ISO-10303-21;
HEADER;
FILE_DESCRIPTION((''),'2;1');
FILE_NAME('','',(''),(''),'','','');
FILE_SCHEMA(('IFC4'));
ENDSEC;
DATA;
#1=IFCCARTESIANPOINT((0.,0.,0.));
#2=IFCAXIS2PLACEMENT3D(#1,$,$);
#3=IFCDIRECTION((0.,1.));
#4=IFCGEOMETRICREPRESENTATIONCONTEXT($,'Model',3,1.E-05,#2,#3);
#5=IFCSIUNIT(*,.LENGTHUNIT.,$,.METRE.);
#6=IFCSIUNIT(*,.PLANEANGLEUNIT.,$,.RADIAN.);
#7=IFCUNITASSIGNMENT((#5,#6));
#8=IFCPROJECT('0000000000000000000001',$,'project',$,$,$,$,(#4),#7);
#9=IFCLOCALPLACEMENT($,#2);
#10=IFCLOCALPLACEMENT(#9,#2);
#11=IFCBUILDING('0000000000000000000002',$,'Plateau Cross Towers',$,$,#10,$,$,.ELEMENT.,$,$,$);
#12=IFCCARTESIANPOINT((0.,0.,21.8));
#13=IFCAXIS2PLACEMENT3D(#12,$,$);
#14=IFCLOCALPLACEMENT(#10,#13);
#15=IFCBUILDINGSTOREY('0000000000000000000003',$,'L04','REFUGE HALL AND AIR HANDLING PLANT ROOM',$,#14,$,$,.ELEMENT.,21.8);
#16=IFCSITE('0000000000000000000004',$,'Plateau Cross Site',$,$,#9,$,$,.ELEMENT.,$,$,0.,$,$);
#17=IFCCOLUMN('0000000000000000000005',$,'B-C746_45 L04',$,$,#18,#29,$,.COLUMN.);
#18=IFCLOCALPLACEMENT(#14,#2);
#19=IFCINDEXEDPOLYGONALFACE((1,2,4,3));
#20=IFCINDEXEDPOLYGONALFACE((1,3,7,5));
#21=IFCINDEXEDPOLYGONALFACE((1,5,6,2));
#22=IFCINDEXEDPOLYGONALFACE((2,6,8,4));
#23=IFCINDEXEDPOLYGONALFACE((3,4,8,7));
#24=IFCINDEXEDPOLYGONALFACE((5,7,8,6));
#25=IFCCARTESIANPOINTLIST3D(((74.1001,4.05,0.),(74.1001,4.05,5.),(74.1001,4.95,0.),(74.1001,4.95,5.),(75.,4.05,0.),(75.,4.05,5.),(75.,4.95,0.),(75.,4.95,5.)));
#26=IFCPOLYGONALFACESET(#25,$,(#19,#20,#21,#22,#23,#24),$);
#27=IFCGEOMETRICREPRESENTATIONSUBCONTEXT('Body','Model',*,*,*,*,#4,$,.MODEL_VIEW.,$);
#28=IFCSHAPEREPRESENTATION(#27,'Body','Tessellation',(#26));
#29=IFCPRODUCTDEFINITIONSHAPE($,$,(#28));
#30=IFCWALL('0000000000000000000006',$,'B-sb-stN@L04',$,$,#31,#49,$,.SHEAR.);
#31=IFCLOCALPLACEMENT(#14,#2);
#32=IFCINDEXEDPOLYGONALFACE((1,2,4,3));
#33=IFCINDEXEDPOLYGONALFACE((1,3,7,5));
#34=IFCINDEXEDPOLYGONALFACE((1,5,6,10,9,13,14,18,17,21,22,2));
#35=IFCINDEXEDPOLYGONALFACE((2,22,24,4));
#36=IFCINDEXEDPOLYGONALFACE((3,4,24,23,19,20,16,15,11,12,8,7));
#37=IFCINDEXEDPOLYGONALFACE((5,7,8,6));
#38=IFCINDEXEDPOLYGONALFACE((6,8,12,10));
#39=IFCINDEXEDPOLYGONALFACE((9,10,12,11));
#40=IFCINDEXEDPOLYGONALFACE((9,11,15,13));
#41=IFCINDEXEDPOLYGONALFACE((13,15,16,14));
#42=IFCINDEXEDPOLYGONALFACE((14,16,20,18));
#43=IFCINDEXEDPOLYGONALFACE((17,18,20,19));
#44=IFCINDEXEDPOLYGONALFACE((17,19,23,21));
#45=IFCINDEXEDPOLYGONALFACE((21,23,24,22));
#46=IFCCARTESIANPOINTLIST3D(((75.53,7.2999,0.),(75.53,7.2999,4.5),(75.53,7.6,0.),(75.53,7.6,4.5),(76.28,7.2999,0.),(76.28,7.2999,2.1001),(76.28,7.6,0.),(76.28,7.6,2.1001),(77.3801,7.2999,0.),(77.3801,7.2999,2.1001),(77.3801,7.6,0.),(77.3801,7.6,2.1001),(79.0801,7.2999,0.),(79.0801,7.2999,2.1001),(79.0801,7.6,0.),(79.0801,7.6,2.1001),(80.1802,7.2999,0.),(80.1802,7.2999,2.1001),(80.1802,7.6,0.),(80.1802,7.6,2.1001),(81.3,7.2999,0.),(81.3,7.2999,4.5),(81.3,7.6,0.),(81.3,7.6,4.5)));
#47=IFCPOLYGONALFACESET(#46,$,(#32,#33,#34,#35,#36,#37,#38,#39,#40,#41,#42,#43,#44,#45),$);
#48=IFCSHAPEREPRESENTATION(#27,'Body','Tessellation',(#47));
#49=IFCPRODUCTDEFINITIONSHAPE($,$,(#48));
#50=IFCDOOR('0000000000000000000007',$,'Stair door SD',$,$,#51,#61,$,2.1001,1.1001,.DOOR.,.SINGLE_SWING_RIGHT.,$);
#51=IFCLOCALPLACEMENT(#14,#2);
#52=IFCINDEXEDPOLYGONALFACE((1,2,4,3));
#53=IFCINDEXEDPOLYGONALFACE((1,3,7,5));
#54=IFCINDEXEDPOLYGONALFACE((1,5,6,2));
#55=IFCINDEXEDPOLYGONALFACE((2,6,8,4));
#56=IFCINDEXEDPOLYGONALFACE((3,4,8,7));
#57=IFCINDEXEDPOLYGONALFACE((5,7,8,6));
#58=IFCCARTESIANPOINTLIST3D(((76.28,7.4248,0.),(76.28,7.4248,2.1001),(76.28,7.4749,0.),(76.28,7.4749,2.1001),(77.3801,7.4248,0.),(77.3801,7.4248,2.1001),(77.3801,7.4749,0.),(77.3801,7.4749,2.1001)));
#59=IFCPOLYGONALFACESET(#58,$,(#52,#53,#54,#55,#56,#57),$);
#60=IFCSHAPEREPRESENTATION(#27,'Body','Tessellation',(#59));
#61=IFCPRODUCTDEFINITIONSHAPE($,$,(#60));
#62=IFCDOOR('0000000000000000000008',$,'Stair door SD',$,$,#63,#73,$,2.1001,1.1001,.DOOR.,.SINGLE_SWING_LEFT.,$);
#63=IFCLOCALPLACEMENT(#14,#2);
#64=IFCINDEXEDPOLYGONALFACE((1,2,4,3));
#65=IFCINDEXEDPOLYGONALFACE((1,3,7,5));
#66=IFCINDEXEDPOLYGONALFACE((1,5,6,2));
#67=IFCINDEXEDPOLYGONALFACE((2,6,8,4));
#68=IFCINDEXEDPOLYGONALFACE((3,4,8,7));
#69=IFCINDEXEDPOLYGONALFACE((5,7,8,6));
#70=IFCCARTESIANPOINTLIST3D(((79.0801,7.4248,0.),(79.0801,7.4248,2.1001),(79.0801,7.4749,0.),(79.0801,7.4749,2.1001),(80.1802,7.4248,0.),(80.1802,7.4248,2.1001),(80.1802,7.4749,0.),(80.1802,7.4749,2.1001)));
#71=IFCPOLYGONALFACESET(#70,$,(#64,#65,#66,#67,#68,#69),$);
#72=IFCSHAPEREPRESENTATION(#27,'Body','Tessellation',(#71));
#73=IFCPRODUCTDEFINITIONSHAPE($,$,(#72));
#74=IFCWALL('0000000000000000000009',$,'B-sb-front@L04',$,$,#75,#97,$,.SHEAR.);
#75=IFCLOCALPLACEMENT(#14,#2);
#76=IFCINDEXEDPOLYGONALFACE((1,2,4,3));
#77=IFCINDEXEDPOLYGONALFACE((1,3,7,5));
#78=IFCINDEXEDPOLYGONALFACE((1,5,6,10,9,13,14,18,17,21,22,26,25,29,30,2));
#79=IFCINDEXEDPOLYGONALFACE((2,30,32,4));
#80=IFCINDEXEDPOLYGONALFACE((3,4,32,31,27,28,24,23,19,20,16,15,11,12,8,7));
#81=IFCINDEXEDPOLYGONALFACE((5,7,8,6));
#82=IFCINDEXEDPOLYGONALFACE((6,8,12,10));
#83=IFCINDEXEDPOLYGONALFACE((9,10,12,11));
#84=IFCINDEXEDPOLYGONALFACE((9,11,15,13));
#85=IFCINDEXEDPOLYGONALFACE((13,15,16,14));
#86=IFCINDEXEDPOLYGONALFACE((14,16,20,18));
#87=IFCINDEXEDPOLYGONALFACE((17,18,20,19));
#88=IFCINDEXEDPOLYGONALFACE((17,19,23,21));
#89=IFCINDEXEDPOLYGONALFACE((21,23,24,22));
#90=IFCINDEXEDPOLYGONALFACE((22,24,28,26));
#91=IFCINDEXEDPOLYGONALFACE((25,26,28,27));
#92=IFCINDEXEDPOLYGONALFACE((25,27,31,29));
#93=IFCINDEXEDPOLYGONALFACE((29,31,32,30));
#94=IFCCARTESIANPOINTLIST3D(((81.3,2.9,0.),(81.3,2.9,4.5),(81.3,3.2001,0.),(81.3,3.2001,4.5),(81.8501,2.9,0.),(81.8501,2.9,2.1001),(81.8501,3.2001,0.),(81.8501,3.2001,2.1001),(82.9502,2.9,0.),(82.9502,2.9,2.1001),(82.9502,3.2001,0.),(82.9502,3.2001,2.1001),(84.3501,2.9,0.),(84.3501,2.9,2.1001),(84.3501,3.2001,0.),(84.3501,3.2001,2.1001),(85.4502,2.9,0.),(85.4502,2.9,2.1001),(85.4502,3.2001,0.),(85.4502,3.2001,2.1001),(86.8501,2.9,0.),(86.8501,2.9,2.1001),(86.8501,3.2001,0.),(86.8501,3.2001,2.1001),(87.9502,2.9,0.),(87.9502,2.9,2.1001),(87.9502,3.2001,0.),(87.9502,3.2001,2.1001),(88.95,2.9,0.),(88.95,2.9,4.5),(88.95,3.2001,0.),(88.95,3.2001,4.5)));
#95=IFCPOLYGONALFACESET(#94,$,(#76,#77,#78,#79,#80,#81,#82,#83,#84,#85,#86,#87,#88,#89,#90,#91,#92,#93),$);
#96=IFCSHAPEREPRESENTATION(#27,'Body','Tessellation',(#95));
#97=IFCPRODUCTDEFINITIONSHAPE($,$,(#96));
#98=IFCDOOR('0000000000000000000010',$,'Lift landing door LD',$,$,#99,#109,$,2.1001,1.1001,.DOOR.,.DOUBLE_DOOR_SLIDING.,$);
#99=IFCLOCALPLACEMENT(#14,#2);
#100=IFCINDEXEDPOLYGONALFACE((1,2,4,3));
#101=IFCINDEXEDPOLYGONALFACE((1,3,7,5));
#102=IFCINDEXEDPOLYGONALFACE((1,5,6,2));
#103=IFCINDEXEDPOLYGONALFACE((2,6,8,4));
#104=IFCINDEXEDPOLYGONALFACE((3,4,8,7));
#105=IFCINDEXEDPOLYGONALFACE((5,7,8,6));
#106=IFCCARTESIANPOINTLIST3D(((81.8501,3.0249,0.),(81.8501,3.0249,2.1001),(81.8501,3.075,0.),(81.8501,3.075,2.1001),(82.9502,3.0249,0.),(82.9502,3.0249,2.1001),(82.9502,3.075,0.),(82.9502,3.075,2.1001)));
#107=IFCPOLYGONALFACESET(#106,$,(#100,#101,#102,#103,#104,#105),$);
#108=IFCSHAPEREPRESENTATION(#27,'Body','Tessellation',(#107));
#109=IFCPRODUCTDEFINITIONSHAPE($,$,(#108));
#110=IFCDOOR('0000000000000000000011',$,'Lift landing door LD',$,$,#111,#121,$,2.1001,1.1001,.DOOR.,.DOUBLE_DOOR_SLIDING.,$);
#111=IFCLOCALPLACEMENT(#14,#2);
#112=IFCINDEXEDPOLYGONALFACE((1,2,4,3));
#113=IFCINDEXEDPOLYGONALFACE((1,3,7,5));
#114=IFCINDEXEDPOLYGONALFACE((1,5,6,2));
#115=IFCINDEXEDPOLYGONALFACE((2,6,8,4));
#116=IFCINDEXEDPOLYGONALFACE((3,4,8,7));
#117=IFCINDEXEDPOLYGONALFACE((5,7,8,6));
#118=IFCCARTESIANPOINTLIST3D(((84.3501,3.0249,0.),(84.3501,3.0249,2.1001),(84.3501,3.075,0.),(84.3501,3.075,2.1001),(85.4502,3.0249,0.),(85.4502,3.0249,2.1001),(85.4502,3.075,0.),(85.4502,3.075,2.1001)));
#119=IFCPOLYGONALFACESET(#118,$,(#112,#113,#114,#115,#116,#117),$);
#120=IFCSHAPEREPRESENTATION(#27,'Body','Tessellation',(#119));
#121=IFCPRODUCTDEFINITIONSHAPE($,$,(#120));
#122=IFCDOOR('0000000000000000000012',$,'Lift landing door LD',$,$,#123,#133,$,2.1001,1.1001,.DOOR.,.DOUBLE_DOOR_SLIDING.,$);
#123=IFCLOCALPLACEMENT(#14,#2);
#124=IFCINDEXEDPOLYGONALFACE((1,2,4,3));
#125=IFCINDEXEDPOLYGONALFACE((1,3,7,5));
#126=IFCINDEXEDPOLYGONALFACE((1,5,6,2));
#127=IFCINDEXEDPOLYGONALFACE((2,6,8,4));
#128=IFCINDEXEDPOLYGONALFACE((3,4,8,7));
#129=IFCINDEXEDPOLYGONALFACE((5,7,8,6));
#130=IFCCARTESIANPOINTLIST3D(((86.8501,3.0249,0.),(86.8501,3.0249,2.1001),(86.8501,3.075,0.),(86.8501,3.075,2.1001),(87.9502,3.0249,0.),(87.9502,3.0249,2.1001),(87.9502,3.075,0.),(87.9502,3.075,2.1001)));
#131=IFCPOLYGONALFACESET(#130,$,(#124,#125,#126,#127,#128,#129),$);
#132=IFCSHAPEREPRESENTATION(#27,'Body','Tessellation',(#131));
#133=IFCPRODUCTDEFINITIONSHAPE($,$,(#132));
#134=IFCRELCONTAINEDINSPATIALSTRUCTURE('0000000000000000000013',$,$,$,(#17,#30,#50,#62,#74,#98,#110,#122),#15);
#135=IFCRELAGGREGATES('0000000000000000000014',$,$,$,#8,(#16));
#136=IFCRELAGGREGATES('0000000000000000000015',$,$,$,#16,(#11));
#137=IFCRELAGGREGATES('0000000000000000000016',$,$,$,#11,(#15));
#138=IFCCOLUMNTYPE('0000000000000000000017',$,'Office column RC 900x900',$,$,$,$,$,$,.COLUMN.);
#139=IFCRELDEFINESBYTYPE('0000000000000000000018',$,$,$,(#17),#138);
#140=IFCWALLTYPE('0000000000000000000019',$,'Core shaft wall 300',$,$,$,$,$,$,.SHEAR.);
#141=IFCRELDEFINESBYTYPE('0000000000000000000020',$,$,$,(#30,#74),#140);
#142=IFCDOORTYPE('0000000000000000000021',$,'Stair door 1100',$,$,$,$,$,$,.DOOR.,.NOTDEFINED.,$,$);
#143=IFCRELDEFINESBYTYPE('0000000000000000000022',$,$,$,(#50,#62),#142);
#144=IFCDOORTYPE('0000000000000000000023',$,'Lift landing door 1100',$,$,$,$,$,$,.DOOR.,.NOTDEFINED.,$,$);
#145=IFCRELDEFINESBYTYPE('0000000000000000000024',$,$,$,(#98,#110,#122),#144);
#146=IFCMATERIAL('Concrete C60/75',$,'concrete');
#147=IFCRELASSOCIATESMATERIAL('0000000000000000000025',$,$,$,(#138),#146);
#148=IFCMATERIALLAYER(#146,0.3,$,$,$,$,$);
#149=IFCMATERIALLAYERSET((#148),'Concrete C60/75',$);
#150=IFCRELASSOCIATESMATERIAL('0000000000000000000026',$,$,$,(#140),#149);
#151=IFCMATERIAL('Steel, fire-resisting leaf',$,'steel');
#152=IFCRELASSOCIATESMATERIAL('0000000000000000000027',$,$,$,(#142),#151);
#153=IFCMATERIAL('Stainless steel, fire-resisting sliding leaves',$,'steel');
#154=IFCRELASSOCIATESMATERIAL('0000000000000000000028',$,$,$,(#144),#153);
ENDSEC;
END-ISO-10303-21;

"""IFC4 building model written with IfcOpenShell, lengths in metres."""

from ifc_helpers import new_model, si_unit, direction, frame, frame_2d, origin, origin_2d, place, context, subcontext, project, spatial, rectangle, extrude, material, layer, layer_set, material_profile, profile_set, type_object, element, fill, save


model = new_model("IFC4")

# Units and contexts
model_context = context("Model", 3, precision=1e-05, world=origin(), true_north=direction((0.0, 1.0)))
body_context = subcontext(model_context, "Body", "Model", "MODEL_VIEW")
ifc_project = project(units=[si_unit("LENGTHUNIT", "METRE"), si_unit("PLANEANGLEUNIT", "RADIAN")], contexts=[model_context])

# Site, building, storey
site_placement = place(None, origin())
site = spatial("IfcSite", under=ifc_project, at=site_placement, Name="Plateau Cross Site", CompositionType="ELEMENT", RefElevation=0.0)
building_placement = place(site_placement, origin())
building = spatial("IfcBuilding", under=site, at=building_placement, Name="Plateau Cross Towers", CompositionType="ELEMENT")
storey_placement = place(building_placement, frame((0.0, 0.0, 21.8)))
storey = spatial("IfcBuildingStorey", under=building, at=storey_placement, Name="L04", Description="REFUGE HALL AND AIR HANDLING PLANT ROOM", CompositionType="ELEMENT", Elevation=21.8)

# Column
ifc_material_1 = material(Name="Concrete C60/75", Category="concrete")
ifc_material_profile = material_profile(ifc_material_1, rectangle(XDim=0.8999, YDim=0.8999, at=origin_2d()), Name="RC 900x900")
ifc_profile_set = profile_set([ifc_material_profile], Name="Concrete C60/75")
column_type = type_object("IfcColumnType", Name="Office column RC 900x900", PredefinedType="COLUMN", material=ifc_profile_set)
column_placement = place(storey_placement, frame((74.55, 4.5, 0.0), z_axis=(0.0, 0.0, 1.0), x_axis=(1.0, 0.0, 0.0)))
element("IfcColumn", 1, at=column_placement, inside=storey, type_object=column_type, Name="B-C746_45 L04", PredefinedType="COLUMN", context=body_context, shape_type="SweptSolid", body=[
    extrude(rectangle(XDim=0.8999, YDim=0.8999, at=origin_2d()), origin(), (0.0, 0.0, 1.0), 5.0),
])

# Walls, openings, doors
ifc_layer = layer(ifc_material_1, 0.3)
ifc_layer_set = layer_set([ifc_layer], Name="Concrete C60/75")
wall_type = type_object("IfcWallType", Name="Core shaft wall 300", PredefinedType="SHEAR", material=ifc_layer_set)
wall_1_placement = place(storey_placement, frame((75.53, 7.45, 0.0), z_axis=(0.0, 0.0, 1.0), x_axis=(1.0, 0.0, 0.0)))
wall_1 = element("IfcWall", 2, at=wall_1_placement, inside=storey, type_object=wall_type, Name="B-sb-stN@L04", PredefinedType="SHEAR", context=body_context, shape_type="SweptSolid", body=[
    extrude(rectangle(XDim=5.77, YDim=0.3, at=frame_2d((2.885, 0.0))), origin(), (0.0, 0.0, 1.0), 4.5),
])
opening_1_placement = place(wall_1_placement, frame((0.75, 0.0, 0.0)))
opening_1 = element("IfcOpeningElement", 3, at=opening_1_placement, cuts=wall_1, PredefinedType="OPENING", context=body_context, shape_type="SweptSolid", body=[
    extrude(rectangle(XDim=1.1001, YDim=2.1001, at=frame_2d((0.55, 1.05))), frame((0.0, 0.1599, 0.0), z_axis=(0.0, -1.0, 0.0), x_axis=(1.0, 0.0, 0.0)), (0.0, 0.0, 1.0), 0.3201),
])
opening_2_placement = place(wall_1_placement, frame((3.55, 0.0, 0.0)))
opening_2 = element("IfcOpeningElement", 4, at=opening_2_placement, cuts=wall_1, PredefinedType="OPENING", context=body_context, shape_type="SweptSolid", body=[
    extrude(rectangle(XDim=1.1001, YDim=2.1001, at=frame_2d((0.55, 1.05))), frame((0.0, 0.1599, 0.0), z_axis=(0.0, -1.0, 0.0), x_axis=(1.0, 0.0, 0.0)), (0.0, 0.0, 1.0), 0.3201),
])
ifc_material_2 = material(Name="Steel, fire-resisting leaf", Category="steel")
door_type_1 = type_object("IfcDoorType", Name="Stair door 1100", OperationType="NOTDEFINED", PredefinedType="DOOR", material=ifc_material_2)
door_1_placement = place(opening_1_placement, origin())
door_1 = element("IfcDoor", 5, at=door_1_placement, inside=storey, type_object=door_type_1, Name="Stair door SD", OperationType="SINGLE_SWING_RIGHT", OverallHeight=2.1001, OverallWidth=1.1001, PredefinedType="DOOR", context=body_context, shape_type="SweptSolid", body=[
    extrude(rectangle(XDim=1.1001, YDim=2.1001, at=frame_2d((0.55, 1.05))), frame((0.0, 0.0249, 0.0), z_axis=(0.0, -1.0, 0.0), x_axis=(1.0, 0.0, 0.0)), (0.0, 0.0, 1.0), 0.05),
])
fill(opening_1, door_1)
door_2_placement = place(opening_2_placement, origin())
door_2 = element("IfcDoor", 6, at=door_2_placement, inside=storey, type_object=door_type_1, Name="Stair door SD", OperationType="SINGLE_SWING_LEFT", OverallHeight=2.1001, OverallWidth=1.1001, PredefinedType="DOOR", context=body_context, shape_type="SweptSolid", body=[
    extrude(rectangle(XDim=1.1001, YDim=2.1001, at=frame_2d((0.55, 1.05))), frame((0.0, 0.0249, 0.0), z_axis=(0.0, -1.0, 0.0), x_axis=(1.0, 0.0, 0.0)), (0.0, 0.0, 1.0), 0.05),
])
fill(opening_2, door_2)
wall_2_placement = place(storey_placement, frame((81.3, 3.05, 0.0), z_axis=(0.0, 0.0, 1.0), x_axis=(1.0, 0.0, 0.0)))
wall_2 = element("IfcWall", 7, at=wall_2_placement, inside=storey, type_object=wall_type, Name="B-sb-front@L04", PredefinedType="SHEAR", context=body_context, shape_type="SweptSolid", body=[
    extrude(rectangle(XDim=7.6499, YDim=0.3, at=frame_2d((3.825, 0.0))), origin(), (0.0, 0.0, 1.0), 4.5),
])
opening_3_placement = place(wall_2_placement, frame((0.55, 0.0, 0.0)))
opening_3 = element("IfcOpeningElement", 8, at=opening_3_placement, cuts=wall_2, PredefinedType="OPENING", context=body_context, shape_type="SweptSolid", body=[
    extrude(rectangle(XDim=1.1001, YDim=2.1001, at=frame_2d((0.55, 1.05))), frame((0.0, 0.1599, 0.0), z_axis=(0.0, -1.0, 0.0), x_axis=(1.0, 0.0, 0.0)), (0.0, 0.0, 1.0), 0.3201),
])
opening_4_placement = place(wall_2_placement, frame((3.05, 0.0, 0.0)))
opening_4 = element("IfcOpeningElement", 9, at=opening_4_placement, cuts=wall_2, PredefinedType="OPENING", context=body_context, shape_type="SweptSolid", body=[
    extrude(rectangle(XDim=1.1001, YDim=2.1001, at=frame_2d((0.55, 1.05))), frame((0.0, 0.1599, 0.0), z_axis=(0.0, -1.0, 0.0), x_axis=(1.0, 0.0, 0.0)), (0.0, 0.0, 1.0), 0.3201),
])
opening_5_placement = place(wall_2_placement, frame((5.55, 0.0, 0.0)))
opening_5 = element("IfcOpeningElement", 10, at=opening_5_placement, cuts=wall_2, PredefinedType="OPENING", context=body_context, shape_type="SweptSolid", body=[
    extrude(rectangle(XDim=1.1001, YDim=2.1001, at=frame_2d((0.55, 1.05))), frame((0.0, 0.1599, 0.0), z_axis=(0.0, -1.0, 0.0), x_axis=(1.0, 0.0, 0.0)), (0.0, 0.0, 1.0), 0.3201),
])
ifc_material_3 = material(Name="Stainless steel, fire-resisting sliding leaves", Category="steel")
door_type_2 = type_object("IfcDoorType", Name="Lift landing door 1100", OperationType="NOTDEFINED", PredefinedType="DOOR", material=ifc_material_3)
door_3_placement = place(opening_3_placement, origin())
door_3 = element("IfcDoor", 11, at=door_3_placement, inside=storey, type_object=door_type_2, Name="Lift landing door LD", OperationType="DOUBLE_DOOR_SLIDING", OverallHeight=2.1001, OverallWidth=1.1001, PredefinedType="DOOR", context=body_context, shape_type="SweptSolid", body=[
    extrude(rectangle(XDim=1.1001, YDim=2.1001, at=frame_2d((0.55, 1.05))), frame((0.0, 0.0249, 0.0), z_axis=(0.0, -1.0, 0.0), x_axis=(1.0, 0.0, 0.0)), (0.0, 0.0, 1.0), 0.05),
])
fill(opening_3, door_3)
door_4_placement = place(opening_4_placement, origin())
door_4 = element("IfcDoor", 12, at=door_4_placement, inside=storey, type_object=door_type_2, Name="Lift landing door LD", OperationType="DOUBLE_DOOR_SLIDING", OverallHeight=2.1001, OverallWidth=1.1001, PredefinedType="DOOR", context=body_context, shape_type="SweptSolid", body=[
    extrude(rectangle(XDim=1.1001, YDim=2.1001, at=frame_2d((0.55, 1.05))), frame((0.0, 0.0249, 0.0), z_axis=(0.0, -1.0, 0.0), x_axis=(1.0, 0.0, 0.0)), (0.0, 0.0, 1.0), 0.05),
])
fill(opening_4, door_4)
door_5_placement = place(opening_5_placement, origin())
door_5 = element("IfcDoor", 13, at=door_5_placement, inside=storey, type_object=door_type_2, Name="Lift landing door LD", OperationType="DOUBLE_DOOR_SLIDING", OverallHeight=2.1001, OverallWidth=1.1001, PredefinedType="DOOR", context=body_context, shape_type="SweptSolid", body=[
    extrude(rectangle(XDim=1.1001, YDim=2.1001, at=frame_2d((0.55, 1.05))), frame((0.0, 0.0249, 0.0), z_axis=(0.0, -1.0, 0.0), x_axis=(1.0, 0.0, 0.0)), (0.0, 0.0, 1.0), 0.05),
])
fill(opening_5, door_5)

save(model, "model.ifc")
